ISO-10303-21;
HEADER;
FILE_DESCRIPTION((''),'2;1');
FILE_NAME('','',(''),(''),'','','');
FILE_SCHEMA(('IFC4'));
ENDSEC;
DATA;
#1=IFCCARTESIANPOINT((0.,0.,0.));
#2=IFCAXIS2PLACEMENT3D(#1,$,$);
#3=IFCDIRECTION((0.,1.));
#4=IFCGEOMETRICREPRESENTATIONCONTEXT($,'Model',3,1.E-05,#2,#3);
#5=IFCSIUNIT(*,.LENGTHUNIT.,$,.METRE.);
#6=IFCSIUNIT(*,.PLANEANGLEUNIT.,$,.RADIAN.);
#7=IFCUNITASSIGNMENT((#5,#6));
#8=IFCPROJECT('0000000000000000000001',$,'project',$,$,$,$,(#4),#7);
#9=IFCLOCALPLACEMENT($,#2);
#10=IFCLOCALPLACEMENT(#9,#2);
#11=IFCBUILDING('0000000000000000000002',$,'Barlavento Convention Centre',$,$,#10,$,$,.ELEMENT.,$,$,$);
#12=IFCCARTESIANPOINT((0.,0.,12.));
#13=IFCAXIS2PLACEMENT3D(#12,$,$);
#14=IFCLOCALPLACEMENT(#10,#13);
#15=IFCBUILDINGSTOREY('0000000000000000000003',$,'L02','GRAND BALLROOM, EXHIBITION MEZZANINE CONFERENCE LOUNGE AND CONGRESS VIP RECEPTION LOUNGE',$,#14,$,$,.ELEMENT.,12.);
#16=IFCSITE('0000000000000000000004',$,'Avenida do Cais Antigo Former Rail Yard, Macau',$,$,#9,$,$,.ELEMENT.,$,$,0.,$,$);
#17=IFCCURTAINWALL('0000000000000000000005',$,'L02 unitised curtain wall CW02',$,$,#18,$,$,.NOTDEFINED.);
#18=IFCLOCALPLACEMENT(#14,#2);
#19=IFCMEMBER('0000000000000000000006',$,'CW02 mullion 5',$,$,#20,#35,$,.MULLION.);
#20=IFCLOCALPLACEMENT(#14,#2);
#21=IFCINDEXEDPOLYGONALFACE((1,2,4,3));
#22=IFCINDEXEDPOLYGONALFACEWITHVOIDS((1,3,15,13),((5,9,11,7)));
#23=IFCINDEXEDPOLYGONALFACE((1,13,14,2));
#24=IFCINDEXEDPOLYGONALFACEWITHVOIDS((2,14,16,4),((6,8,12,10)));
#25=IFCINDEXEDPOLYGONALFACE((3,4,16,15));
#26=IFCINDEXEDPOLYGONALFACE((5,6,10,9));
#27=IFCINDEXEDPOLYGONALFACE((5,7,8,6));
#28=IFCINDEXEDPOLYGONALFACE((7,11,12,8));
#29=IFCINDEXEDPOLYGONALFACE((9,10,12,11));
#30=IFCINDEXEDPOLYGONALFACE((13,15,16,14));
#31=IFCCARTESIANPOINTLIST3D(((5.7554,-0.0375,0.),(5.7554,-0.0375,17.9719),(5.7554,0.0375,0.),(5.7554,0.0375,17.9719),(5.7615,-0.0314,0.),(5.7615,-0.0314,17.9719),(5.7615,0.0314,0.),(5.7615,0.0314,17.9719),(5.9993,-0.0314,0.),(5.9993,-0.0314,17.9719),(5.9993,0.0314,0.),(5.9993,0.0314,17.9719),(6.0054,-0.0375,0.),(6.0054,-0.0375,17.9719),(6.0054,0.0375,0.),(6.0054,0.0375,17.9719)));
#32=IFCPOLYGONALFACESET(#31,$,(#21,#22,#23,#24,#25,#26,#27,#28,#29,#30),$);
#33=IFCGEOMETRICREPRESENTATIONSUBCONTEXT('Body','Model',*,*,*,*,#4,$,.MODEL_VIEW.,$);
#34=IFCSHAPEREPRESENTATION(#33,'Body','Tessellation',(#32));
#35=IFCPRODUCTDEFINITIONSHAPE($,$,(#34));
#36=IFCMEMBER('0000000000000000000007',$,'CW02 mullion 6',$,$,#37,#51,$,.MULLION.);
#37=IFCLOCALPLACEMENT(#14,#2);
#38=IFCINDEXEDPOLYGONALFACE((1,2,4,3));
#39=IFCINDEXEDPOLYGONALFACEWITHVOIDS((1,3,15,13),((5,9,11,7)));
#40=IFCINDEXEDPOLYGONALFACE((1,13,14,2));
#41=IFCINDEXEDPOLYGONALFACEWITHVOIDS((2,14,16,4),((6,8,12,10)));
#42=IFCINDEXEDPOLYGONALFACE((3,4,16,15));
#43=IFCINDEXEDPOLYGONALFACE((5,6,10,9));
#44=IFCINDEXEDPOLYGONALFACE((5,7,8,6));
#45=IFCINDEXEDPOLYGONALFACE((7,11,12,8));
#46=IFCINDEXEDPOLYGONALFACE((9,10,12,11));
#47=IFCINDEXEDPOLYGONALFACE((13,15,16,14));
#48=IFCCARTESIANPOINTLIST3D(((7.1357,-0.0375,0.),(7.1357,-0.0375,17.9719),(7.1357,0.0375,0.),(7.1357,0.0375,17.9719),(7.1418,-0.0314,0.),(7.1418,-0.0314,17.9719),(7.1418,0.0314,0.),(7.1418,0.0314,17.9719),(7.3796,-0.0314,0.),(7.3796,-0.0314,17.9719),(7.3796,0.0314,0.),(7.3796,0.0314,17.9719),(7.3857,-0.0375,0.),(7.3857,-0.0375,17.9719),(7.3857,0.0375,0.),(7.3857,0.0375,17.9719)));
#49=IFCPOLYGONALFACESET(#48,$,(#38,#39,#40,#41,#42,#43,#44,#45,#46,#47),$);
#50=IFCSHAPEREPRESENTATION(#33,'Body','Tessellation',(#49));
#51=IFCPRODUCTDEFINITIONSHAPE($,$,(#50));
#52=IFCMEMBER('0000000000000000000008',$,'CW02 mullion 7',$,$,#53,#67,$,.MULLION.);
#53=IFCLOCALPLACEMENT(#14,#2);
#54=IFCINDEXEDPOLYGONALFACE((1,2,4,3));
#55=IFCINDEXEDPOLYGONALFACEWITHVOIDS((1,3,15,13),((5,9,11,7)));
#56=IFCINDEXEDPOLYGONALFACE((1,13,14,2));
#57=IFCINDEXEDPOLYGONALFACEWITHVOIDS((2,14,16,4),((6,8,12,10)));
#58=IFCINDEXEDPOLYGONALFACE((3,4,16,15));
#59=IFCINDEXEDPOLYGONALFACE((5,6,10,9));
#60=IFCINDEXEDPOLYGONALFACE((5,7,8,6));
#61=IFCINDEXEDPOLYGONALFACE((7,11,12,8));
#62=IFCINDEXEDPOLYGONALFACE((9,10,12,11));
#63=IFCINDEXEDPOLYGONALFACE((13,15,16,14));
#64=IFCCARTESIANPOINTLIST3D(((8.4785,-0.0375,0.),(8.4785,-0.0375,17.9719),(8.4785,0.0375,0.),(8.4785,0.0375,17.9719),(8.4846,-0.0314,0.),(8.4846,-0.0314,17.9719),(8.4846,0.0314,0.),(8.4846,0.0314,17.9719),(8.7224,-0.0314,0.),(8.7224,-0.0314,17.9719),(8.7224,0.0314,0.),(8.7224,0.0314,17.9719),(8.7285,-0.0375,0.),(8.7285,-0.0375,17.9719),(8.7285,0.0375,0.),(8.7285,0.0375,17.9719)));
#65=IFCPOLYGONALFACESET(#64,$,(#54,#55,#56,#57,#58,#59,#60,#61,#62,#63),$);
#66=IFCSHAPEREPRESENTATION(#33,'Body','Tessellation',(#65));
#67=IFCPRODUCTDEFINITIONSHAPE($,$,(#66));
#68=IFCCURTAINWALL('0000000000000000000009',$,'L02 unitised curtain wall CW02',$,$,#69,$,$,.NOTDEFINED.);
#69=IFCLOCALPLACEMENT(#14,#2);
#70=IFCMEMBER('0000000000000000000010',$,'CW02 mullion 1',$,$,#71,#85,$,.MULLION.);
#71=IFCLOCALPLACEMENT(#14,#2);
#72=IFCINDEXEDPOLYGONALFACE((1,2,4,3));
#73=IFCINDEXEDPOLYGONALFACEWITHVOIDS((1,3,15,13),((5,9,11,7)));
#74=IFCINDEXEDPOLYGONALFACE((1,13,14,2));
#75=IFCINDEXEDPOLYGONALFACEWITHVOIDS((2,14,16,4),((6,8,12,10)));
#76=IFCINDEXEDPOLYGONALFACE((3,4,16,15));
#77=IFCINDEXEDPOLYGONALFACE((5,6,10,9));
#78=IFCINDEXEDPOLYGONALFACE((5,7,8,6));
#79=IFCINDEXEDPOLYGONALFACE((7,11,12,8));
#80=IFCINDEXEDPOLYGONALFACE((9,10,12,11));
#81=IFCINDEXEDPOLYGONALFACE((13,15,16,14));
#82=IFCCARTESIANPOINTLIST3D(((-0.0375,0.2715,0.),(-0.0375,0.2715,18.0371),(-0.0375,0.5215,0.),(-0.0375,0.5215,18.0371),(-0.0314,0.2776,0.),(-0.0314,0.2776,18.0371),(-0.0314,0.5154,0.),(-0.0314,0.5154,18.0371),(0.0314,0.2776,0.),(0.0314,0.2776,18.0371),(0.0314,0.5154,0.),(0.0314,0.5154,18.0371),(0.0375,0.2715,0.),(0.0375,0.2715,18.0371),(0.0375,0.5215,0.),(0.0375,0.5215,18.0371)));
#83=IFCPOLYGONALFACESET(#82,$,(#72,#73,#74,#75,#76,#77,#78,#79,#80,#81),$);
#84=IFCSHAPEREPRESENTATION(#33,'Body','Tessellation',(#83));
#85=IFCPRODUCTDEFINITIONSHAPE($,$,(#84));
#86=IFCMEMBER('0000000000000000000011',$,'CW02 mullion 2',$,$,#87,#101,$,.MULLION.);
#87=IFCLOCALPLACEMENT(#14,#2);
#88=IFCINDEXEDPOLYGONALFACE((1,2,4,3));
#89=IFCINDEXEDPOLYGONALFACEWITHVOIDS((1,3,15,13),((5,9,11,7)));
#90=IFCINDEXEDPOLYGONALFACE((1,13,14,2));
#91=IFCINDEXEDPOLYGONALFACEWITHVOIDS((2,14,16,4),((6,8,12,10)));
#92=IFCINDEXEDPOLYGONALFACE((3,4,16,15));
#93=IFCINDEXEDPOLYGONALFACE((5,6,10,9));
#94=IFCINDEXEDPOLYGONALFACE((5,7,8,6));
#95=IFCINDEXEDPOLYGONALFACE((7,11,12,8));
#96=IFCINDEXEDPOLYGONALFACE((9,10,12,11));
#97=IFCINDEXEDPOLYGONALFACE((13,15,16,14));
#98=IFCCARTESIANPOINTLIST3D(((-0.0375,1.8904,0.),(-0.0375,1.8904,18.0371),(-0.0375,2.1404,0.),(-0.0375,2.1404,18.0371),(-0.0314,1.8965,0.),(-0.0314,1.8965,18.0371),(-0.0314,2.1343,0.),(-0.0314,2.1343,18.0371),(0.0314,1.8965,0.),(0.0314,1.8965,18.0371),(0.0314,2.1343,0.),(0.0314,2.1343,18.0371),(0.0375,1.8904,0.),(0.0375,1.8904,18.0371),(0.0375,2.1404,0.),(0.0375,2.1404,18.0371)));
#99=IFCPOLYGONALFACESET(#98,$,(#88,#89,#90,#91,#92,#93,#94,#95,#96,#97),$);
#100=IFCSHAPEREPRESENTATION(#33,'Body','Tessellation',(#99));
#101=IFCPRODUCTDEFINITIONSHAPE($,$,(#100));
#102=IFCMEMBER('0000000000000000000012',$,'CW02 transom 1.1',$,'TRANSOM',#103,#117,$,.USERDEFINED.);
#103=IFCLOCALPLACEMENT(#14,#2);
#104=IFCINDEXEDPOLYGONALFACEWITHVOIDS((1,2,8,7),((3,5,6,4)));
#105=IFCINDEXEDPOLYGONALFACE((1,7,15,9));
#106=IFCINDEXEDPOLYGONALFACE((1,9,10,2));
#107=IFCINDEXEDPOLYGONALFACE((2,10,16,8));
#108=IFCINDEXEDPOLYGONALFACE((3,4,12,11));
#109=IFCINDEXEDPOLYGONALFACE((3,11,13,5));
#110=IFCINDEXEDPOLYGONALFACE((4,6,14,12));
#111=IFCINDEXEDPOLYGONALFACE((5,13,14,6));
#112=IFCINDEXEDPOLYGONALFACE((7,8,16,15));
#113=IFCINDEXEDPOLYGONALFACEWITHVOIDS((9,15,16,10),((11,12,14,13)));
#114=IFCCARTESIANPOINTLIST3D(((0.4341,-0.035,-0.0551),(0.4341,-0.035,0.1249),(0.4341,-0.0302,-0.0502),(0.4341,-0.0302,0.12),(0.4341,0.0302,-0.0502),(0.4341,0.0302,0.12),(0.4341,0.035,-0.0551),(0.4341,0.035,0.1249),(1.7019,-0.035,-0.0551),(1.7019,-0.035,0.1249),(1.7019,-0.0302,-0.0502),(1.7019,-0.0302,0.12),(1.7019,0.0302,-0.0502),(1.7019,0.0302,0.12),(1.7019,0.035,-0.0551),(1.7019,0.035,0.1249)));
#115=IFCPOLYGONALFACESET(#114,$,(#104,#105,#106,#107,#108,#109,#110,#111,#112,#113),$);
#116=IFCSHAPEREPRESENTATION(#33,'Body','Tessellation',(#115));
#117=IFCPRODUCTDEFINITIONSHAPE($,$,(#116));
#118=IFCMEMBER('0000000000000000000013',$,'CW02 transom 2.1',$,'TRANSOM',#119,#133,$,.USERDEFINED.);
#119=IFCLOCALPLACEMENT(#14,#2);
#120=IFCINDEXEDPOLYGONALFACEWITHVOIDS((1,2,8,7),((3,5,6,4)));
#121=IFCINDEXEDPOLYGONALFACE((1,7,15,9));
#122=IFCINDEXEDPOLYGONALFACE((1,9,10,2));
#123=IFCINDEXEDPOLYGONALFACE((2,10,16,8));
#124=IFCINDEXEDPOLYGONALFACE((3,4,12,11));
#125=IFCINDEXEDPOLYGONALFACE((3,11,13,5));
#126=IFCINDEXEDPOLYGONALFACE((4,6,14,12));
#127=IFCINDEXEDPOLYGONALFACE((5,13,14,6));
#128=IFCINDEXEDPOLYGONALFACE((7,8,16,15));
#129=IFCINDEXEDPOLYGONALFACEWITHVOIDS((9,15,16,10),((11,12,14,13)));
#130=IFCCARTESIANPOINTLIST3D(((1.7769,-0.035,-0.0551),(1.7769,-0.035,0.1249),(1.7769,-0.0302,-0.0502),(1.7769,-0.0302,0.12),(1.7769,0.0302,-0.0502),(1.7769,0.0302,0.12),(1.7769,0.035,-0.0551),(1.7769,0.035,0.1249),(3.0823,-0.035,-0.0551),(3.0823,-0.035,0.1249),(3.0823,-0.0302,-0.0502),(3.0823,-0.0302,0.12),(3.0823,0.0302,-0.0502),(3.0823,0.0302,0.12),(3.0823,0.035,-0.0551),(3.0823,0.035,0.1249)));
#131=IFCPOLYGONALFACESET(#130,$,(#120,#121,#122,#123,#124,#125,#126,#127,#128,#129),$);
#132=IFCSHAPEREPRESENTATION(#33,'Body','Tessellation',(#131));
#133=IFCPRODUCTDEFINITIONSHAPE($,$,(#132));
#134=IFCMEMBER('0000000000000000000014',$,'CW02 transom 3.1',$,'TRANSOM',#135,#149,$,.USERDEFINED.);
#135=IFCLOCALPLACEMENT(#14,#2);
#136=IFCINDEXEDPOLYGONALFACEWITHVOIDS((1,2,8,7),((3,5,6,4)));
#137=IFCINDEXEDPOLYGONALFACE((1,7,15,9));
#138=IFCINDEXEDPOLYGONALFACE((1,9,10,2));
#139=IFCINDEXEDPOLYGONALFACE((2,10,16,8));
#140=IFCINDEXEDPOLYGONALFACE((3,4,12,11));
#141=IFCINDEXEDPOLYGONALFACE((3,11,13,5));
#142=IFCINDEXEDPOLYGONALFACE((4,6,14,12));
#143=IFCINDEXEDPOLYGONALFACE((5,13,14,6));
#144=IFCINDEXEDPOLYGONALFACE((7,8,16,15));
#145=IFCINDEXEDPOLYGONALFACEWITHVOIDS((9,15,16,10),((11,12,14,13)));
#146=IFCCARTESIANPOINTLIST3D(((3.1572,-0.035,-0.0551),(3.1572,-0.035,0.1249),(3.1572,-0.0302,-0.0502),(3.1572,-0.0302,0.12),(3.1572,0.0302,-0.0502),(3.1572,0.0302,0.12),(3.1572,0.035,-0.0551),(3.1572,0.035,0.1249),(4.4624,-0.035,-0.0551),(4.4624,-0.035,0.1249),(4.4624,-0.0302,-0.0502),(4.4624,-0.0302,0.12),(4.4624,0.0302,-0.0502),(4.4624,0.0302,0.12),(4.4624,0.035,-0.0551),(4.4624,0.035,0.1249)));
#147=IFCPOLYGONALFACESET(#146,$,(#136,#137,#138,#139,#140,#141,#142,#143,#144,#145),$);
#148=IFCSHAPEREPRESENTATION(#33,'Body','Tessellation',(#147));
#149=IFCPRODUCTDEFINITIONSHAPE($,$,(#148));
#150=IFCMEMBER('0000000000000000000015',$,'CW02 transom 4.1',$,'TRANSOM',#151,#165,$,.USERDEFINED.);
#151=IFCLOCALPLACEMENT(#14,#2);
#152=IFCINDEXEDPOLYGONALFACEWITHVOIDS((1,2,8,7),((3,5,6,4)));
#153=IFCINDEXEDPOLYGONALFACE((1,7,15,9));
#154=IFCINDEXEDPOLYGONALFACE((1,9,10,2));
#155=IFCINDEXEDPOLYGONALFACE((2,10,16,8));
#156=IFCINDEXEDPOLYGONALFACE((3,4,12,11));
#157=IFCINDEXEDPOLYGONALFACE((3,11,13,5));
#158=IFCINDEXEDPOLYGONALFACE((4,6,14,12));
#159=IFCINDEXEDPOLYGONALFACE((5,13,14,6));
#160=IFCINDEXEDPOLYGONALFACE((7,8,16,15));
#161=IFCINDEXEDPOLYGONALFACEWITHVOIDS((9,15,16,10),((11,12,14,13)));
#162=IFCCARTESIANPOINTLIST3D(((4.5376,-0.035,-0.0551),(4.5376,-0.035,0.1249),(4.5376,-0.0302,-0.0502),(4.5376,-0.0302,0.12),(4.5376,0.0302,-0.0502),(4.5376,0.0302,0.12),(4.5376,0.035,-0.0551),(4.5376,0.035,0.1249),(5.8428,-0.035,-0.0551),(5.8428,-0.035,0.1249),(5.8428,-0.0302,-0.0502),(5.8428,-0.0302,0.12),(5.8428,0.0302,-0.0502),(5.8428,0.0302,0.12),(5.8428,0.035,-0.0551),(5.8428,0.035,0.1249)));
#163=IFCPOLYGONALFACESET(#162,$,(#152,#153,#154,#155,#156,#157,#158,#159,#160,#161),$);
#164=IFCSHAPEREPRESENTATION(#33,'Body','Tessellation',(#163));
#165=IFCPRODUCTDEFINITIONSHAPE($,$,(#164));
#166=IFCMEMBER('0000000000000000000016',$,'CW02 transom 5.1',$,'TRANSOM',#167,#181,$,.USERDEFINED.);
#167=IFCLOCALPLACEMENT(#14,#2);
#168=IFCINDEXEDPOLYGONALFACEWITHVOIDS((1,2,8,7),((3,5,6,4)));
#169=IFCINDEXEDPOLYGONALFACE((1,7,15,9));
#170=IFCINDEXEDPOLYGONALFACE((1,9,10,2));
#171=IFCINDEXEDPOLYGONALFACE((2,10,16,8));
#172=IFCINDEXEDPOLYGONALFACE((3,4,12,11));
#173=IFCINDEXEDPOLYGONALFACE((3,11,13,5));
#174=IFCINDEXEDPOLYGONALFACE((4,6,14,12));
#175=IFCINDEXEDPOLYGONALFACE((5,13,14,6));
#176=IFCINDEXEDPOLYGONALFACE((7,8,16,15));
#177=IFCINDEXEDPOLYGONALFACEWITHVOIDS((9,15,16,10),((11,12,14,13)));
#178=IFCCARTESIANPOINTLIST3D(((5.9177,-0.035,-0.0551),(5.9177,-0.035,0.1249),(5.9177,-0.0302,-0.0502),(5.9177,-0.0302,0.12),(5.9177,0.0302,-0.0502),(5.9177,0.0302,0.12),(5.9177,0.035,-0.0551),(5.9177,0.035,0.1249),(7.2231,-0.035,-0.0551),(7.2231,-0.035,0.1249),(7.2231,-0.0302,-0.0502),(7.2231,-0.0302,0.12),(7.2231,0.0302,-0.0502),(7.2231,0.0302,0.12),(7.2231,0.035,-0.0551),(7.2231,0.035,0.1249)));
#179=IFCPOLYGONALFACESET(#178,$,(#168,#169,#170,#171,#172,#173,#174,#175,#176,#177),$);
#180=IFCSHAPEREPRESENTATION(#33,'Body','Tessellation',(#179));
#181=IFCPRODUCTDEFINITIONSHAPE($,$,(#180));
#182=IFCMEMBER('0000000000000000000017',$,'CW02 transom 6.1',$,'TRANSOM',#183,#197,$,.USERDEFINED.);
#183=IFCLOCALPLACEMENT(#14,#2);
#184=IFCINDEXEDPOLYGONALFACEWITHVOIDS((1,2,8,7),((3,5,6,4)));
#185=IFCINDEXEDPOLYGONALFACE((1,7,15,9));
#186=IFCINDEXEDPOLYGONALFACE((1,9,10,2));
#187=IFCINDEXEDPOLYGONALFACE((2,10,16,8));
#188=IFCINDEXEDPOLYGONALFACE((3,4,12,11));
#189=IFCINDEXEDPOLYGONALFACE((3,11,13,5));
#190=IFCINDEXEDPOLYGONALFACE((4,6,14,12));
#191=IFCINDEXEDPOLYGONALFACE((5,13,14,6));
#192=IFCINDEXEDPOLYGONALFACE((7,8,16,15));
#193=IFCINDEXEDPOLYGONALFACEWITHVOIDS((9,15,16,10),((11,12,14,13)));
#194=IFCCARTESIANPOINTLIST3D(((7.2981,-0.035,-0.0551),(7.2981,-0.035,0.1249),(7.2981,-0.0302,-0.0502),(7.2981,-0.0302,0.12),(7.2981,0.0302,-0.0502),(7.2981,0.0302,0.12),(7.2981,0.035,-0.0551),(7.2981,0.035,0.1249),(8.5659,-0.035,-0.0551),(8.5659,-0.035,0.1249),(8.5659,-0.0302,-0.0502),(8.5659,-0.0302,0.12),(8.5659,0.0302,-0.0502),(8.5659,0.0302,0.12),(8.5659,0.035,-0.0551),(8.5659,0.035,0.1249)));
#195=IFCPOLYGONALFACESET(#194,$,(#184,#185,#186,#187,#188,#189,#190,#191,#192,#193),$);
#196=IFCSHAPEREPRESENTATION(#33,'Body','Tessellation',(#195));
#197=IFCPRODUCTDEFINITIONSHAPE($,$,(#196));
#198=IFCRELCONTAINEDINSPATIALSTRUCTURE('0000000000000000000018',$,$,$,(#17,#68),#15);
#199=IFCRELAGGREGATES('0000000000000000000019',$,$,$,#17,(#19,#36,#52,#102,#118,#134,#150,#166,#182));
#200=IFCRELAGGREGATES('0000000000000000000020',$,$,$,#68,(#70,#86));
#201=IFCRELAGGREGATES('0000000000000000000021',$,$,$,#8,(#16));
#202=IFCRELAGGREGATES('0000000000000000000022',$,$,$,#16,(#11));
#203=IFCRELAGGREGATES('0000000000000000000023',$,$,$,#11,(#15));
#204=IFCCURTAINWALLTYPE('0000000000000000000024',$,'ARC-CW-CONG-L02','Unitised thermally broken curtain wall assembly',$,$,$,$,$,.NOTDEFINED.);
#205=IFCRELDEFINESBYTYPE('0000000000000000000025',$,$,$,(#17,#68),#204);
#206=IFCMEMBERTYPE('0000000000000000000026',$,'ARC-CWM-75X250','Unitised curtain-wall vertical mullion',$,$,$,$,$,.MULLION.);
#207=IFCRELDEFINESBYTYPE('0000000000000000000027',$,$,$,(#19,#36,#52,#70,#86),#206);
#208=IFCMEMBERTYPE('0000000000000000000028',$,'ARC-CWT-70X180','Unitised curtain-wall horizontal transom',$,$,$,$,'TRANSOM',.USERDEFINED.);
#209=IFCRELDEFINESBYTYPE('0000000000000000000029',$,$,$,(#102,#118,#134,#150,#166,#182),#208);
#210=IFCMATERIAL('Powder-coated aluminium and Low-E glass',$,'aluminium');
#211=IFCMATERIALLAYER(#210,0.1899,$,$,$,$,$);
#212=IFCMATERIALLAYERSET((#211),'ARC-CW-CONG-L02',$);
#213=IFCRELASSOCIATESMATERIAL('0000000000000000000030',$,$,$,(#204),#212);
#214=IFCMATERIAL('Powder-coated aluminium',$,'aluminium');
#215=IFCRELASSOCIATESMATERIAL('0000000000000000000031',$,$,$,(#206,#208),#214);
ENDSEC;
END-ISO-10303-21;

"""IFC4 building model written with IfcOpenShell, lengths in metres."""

from ifc_helpers import new_model, si_unit, direction, frame, origin, origin_2d, place, context, subcontext, project, spatial, hollow_rectangle, extrude, material, layer, layer_set, material_profile, profile_set, type_object, element, aggregate, save


model = new_model("IFC4")

# Units and contexts
model_context = context("Model", 3, precision=1e-05, world=origin(), true_north=direction((0.0, 1.0)))
body_context = subcontext(model_context, "Body", "Model", "MODEL_VIEW")
ifc_project = project(units=[si_unit("LENGTHUNIT", "METRE"), si_unit("PLANEANGLEUNIT", "RADIAN")], contexts=[model_context])

# Site, building, storey
site_placement = place(None, origin())
site = spatial("IfcSite", under=ifc_project, at=site_placement, Name="Avenida do Cais Antigo Former Rail Yard, Macau", CompositionType="ELEMENT", RefElevation=0.0)
building_placement = place(site_placement, origin())
building = spatial("IfcBuilding", under=site, at=building_placement, Name="Barlavento Convention Centre", CompositionType="ELEMENT")
storey_placement = place(building_placement, frame((0.0, 0.0, 12.0)))
storey = spatial("IfcBuildingStorey", under=building, at=storey_placement, Name="L02", Description="GRAND BALLROOM, EXHIBITION MEZZANINE CONFERENCE LOUNGE AND CONGRESS VIP RECEPTION LOUNGE", CompositionType="ELEMENT", Elevation=12.0)

# Curtain walls, members
ifc_material_1 = material(Name="Powder-coated aluminium and Low-E glass", Category="aluminium")
ifc_layer_1 = layer(ifc_material_1, 0.1899)
ifc_layer_set_1 = layer_set([ifc_layer_1], Name="ARC-CW-CONG-L02")
curtain_wall_type = type_object("IfcCurtainWallType", Name="ARC-CW-CONG-L02", Description="Unitised thermally broken curtain wall assembly", PredefinedType="NOTDEFINED", material=ifc_layer_set_1)
curtain_wall_1_placement = place(storey_placement, origin())
curtain_wall_1 = element("IfcCurtainWall", 1, at=curtain_wall_1_placement, inside=storey, type_object=curtain_wall_type, Name="L02 unitised curtain wall CW02", PredefinedType="NOTDEFINED")
ifc_material_2 = material(Name="Powder-coated aluminium", Category="aluminium")
ifc_material_profile_1 = material_profile(ifc_material_2, hollow_rectangle(XDim=0.075, YDim=0.25, WallThickness=0.0061, at=origin_2d()), Name="AL-MULL 75x250x6")
ifc_profile_set_1 = profile_set([ifc_material_profile_1], Name="Powder-coated aluminium")
member_type_1 = type_object("IfcMemberType", Name="ARC-CWM-75X250", Description="Unitised curtain-wall vertical mullion", PredefinedType="MULLION", material=ifc_profile_set_1)
member_1_placement = place(storey_placement, frame((5.8804, 0.0, 0.0), z_axis=(0.0, 0.0, 1.0), x_axis=(0.0, 1.0, 0.0)))
member_1 = element("IfcMember", 2, at=member_1_placement, type_object=member_type_1, Name="CW02 mullion 5", PredefinedType="MULLION", context=body_context, shape_type="SweptSolid", body=[
    extrude(hollow_rectangle(XDim=0.075, YDim=0.25, WallThickness=0.0061, at=origin_2d()), origin(), (0.0, 0.0, 1.0), 17.9719),
])
member_2_placement = place(storey_placement, frame((7.2607, 0.0, 0.0), z_axis=(0.0, 0.0, 1.0), x_axis=(0.0, 1.0, 0.0)))
member_2 = element("IfcMember", 3, at=member_2_placement, type_object=member_type_1, Name="CW02 mullion 6", PredefinedType="MULLION", context=body_context, shape_type="SweptSolid", body=[
    extrude(hollow_rectangle(XDim=0.075, YDim=0.25, WallThickness=0.0061, at=origin_2d()), origin(), (0.0, 0.0, 1.0), 17.9719),
])
member_3_placement = place(storey_placement, frame((8.6035, 0.0, 0.0), z_axis=(0.0, 0.0, 1.0), x_axis=(0.0, 1.0, 0.0)))
member_3 = element("IfcMember", 4, at=member_3_placement, type_object=member_type_1, Name="CW02 mullion 7", PredefinedType="MULLION", context=body_context, shape_type="SweptSolid", body=[
    extrude(hollow_rectangle(XDim=0.075, YDim=0.25, WallThickness=0.0061, at=origin_2d()), origin(), (0.0, 0.0, 1.0), 17.9719),
])
curtain_wall_2_placement = place(storey_placement, origin())
curtain_wall_2 = element("IfcCurtainWall", 5, at=curtain_wall_2_placement, inside=storey, type_object=curtain_wall_type, Name="L02 unitised curtain wall CW02", PredefinedType="NOTDEFINED")
member_4_placement = place(storey_placement, frame((0.0, 0.3965, 0.0), z_axis=(0.0, 0.0, 1.0), x_axis=(-1.0, 0.0, 0.0)))
member_4 = element("IfcMember", 6, at=member_4_placement, type_object=member_type_1, Name="CW02 mullion 1", PredefinedType="MULLION", context=body_context, shape_type="SweptSolid", body=[
    extrude(hollow_rectangle(XDim=0.075, YDim=0.25, WallThickness=0.0061, at=origin_2d()), origin(), (0.0, 0.0, 1.0), 18.0371),
])
member_5_placement = place(storey_placement, frame((0.0, 2.0154, 0.0), z_axis=(0.0, 0.0, 1.0), x_axis=(-1.0, 0.0, 0.0)))
member_5 = element("IfcMember", 7, at=member_5_placement, type_object=member_type_1, Name="CW02 mullion 2", PredefinedType="MULLION", context=body_context, shape_type="SweptSolid", body=[
    extrude(hollow_rectangle(XDim=0.075, YDim=0.25, WallThickness=0.0061, at=origin_2d()), origin(), (0.0, 0.0, 1.0), 18.0371),
])

# Members
ifc_material_profile_2 = material_profile(ifc_material_2, hollow_rectangle(XDim=0.0701, YDim=0.1799, WallThickness=0.0049, at=origin_2d()), Name="AL-TRAN 70x180x5")
ifc_profile_set_2 = profile_set([ifc_material_profile_2], Name="Powder-coated aluminium")
member_type_2 = type_object("IfcMemberType", Name="ARC-CWT-70X180", Description="Unitised curtain-wall horizontal transom", ElementType="TRANSOM", PredefinedType="USERDEFINED", material=ifc_profile_set_2)
member_6_placement = place(storey_placement, frame((0.4341, 0.0, 0.0349), z_axis=(1.0, 0.0, 0.0), x_axis=(0.0, 1.0, 0.0)))
member_6 = element("IfcMember", 8, at=member_6_placement, type_object=member_type_2, Name="CW02 transom 1.1", ObjectType="TRANSOM", PredefinedType="USERDEFINED", context=body_context, shape_type="SweptSolid", body=[
    extrude(hollow_rectangle(XDim=0.0701, YDim=0.1799, WallThickness=0.0049, at=origin_2d()), origin(), (0.0, 0.0, 1.0), 1.2678),
])
member_7_placement = place(storey_placement, frame((1.7769, 0.0, 0.0349), z_axis=(1.0, 0.0, 0.0), x_axis=(0.0, 1.0, 0.0)))
member_7 = element("IfcMember", 9, at=member_7_placement, type_object=member_type_2, Name="CW02 transom 2.1", ObjectType="TRANSOM", PredefinedType="USERDEFINED", context=body_context, shape_type="SweptSolid", body=[
    extrude(hollow_rectangle(XDim=0.0701, YDim=0.1799, WallThickness=0.0049, at=origin_2d()), origin(), (0.0, 0.0, 1.0), 1.3054),
])
member_8_placement = place(storey_placement, frame((3.1572, 0.0, 0.0349), z_axis=(1.0, 0.0, 0.0), x_axis=(0.0, 1.0, 0.0)))
member_8 = element("IfcMember", 10, at=member_8_placement, type_object=member_type_2, Name="CW02 transom 3.1", ObjectType="TRANSOM", PredefinedType="USERDEFINED", context=body_context, shape_type="SweptSolid", body=[
    extrude(hollow_rectangle(XDim=0.0701, YDim=0.1799, WallThickness=0.0049, at=origin_2d()), origin(), (0.0, 0.0, 1.0), 1.3052),
])
member_9_placement = place(storey_placement, frame((4.5376, 0.0, 0.0349), z_axis=(1.0, 0.0, 0.0), x_axis=(0.0, 1.0, 0.0)))
member_9 = element("IfcMember", 11, at=member_9_placement, type_object=member_type_2, Name="CW02 transom 4.1", ObjectType="TRANSOM", PredefinedType="USERDEFINED", context=body_context, shape_type="SweptSolid", body=[
    extrude(hollow_rectangle(XDim=0.0701, YDim=0.1799, WallThickness=0.0049, at=origin_2d()), origin(), (0.0, 0.0, 1.0), 1.3052),
])
member_10_placement = place(storey_placement, frame((5.9177, 0.0, 0.0349), z_axis=(1.0, 0.0, 0.0), x_axis=(0.0, 1.0, 0.0)))
member_10 = element("IfcMember", 12, at=member_10_placement, type_object=member_type_2, Name="CW02 transom 5.1", ObjectType="TRANSOM", PredefinedType="USERDEFINED", context=body_context, shape_type="SweptSolid", body=[
    extrude(hollow_rectangle(XDim=0.0701, YDim=0.1799, WallThickness=0.0049, at=origin_2d()), origin(), (0.0, 0.0, 1.0), 1.3054),
])
member_11_placement = place(storey_placement, frame((7.2981, 0.0, 0.0349), z_axis=(1.0, 0.0, 0.0), x_axis=(0.0, 1.0, 0.0)))
member_11 = element("IfcMember", 13, at=member_11_placement, type_object=member_type_2, Name="CW02 transom 6.1", ObjectType="TRANSOM", PredefinedType="USERDEFINED", context=body_context, shape_type="SweptSolid", body=[
    extrude(hollow_rectangle(XDim=0.0701, YDim=0.1799, WallThickness=0.0049, at=origin_2d()), origin(), (0.0, 0.0, 1.0), 1.2678),
])
aggregate(curtain_wall_1, [member_1, member_2, member_3, member_6, member_7, member_8, member_9, member_10, member_11])
aggregate(curtain_wall_2, [member_4, member_5])

save(model, "model.ifc")
